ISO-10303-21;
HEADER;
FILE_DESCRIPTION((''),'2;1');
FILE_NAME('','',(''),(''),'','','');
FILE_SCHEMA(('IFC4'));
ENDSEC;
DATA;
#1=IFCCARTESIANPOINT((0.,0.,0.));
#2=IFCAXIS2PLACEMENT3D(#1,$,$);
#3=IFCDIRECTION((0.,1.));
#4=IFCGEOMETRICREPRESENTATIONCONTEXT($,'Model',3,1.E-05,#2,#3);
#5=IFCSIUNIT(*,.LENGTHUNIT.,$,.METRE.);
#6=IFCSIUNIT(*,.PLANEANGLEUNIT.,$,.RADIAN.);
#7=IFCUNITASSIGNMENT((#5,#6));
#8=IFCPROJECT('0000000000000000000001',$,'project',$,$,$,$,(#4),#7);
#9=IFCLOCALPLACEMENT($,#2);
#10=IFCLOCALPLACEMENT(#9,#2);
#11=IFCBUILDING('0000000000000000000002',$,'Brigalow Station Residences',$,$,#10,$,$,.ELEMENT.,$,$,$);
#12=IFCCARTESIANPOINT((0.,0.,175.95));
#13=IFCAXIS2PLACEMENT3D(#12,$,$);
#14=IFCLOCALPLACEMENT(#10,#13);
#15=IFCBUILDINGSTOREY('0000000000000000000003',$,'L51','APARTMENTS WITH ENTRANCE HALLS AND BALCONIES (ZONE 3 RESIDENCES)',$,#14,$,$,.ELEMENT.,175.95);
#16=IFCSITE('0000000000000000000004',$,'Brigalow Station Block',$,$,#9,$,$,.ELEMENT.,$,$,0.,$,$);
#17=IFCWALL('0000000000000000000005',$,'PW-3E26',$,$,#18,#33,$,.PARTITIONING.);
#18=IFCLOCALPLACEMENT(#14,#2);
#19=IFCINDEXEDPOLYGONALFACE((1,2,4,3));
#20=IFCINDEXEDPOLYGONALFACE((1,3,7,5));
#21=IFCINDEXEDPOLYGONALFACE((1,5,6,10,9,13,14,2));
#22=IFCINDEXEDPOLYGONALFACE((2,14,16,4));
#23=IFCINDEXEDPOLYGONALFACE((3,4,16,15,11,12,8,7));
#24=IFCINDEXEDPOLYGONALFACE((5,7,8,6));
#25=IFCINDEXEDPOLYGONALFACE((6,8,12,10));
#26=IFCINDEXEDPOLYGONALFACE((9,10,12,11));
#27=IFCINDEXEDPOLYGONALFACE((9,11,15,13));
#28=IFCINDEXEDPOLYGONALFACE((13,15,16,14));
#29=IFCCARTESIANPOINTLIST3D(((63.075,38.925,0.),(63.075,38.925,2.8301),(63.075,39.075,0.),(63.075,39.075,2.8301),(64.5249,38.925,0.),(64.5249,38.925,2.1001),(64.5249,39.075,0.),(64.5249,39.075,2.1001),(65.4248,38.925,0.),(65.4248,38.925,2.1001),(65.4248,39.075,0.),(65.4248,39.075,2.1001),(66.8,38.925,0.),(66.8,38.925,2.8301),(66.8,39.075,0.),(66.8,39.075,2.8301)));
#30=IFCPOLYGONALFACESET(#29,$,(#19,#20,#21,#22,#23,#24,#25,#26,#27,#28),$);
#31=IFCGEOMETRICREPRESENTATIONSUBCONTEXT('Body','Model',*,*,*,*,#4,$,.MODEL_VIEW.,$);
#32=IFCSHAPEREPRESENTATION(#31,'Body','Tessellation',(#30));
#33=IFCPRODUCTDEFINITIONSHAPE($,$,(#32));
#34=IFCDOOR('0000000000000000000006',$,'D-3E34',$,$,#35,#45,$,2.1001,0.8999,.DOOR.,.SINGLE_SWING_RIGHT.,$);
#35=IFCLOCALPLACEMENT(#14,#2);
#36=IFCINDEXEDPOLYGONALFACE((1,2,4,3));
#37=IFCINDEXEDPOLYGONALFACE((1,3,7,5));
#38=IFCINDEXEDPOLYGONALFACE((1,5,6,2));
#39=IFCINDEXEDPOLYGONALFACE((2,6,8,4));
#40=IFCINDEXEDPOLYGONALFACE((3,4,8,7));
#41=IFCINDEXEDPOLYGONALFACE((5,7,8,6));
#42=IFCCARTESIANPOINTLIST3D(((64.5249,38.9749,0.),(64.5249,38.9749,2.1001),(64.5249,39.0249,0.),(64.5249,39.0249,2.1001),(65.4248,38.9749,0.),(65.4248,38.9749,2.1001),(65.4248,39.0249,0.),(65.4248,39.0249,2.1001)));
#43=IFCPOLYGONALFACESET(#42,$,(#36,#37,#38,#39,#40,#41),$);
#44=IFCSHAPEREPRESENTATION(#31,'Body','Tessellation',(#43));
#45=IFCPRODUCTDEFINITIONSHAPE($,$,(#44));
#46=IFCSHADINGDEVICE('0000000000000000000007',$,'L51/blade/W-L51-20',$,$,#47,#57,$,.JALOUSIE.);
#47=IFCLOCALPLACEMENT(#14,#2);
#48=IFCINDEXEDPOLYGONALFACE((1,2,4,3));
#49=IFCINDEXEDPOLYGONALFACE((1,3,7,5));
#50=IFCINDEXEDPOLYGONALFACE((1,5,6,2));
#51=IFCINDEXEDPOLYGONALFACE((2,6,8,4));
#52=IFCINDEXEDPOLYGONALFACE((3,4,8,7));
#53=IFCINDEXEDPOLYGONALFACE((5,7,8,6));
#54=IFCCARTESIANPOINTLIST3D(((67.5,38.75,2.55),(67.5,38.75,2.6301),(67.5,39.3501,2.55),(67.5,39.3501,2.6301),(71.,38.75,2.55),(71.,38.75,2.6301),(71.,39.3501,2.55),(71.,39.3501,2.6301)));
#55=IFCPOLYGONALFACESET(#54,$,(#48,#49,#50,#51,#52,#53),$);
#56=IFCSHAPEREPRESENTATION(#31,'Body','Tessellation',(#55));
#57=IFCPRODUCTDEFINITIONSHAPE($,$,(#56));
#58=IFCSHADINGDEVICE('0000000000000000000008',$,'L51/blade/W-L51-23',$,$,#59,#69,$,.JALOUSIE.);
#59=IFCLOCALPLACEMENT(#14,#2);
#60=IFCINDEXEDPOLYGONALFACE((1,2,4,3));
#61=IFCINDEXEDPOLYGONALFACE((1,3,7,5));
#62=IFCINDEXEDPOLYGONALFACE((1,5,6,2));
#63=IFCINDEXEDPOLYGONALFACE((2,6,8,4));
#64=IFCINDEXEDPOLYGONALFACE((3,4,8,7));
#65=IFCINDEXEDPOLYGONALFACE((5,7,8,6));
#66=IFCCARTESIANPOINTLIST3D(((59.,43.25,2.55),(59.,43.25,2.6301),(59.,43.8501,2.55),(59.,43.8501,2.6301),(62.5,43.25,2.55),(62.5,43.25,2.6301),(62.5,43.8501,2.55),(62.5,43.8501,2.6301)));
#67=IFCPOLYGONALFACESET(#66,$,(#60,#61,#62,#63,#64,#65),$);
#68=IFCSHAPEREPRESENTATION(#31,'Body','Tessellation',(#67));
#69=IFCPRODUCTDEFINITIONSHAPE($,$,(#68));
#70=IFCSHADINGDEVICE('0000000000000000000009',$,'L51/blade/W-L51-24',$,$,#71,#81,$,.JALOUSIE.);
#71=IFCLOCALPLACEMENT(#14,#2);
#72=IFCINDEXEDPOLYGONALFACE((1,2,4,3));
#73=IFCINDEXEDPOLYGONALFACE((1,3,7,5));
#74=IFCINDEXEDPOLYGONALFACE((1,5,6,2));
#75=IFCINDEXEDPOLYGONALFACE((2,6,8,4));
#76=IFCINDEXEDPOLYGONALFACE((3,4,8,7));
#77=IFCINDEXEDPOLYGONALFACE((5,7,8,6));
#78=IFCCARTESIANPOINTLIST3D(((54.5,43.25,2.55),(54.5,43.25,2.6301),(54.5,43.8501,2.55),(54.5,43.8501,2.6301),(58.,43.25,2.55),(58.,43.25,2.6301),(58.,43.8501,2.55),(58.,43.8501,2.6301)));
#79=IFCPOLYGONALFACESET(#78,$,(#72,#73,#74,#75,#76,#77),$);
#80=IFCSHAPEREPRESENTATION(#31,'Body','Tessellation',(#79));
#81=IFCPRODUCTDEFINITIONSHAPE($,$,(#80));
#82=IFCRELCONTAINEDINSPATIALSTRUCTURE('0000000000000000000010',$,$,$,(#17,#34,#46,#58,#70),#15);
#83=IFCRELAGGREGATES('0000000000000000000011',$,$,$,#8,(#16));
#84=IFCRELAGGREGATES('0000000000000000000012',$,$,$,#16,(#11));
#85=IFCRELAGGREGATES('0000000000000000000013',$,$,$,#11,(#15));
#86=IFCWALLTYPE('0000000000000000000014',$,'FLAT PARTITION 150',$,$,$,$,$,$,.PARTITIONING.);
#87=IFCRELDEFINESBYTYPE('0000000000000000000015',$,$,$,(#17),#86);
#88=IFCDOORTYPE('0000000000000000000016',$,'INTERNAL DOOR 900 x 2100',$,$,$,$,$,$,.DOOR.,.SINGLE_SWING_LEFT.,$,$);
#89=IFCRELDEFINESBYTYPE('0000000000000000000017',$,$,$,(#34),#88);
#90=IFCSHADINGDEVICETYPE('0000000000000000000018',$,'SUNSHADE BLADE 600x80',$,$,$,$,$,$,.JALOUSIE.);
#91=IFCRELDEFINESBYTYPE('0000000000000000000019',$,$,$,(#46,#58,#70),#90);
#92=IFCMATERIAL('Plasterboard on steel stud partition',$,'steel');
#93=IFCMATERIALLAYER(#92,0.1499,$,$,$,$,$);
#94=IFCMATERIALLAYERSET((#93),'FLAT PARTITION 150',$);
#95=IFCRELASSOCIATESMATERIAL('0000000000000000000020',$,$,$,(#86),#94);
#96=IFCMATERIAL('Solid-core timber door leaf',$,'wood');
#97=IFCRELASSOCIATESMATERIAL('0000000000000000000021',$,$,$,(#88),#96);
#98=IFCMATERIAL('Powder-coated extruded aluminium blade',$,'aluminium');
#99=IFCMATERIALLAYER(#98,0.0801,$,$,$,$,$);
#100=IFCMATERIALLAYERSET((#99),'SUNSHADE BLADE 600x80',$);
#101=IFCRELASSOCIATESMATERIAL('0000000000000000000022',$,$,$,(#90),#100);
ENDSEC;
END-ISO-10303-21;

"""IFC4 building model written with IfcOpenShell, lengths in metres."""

from ifc_helpers import new_model, si_unit, direction, frame, frame_2d, origin, origin_2d, place, context, subcontext, project, spatial, rectangle, extrude, material, layer, layer_set, type_object, element, fill, save


model = new_model("IFC4")

# Units and contexts
model_context = context("Model", 3, precision=1e-05, world=origin(), true_north=direction((0.0, 1.0)))
body_context = subcontext(model_context, "Body", "Model", "MODEL_VIEW")
ifc_project = project(units=[si_unit("LENGTHUNIT", "METRE"), si_unit("PLANEANGLEUNIT", "RADIAN")], contexts=[model_context])

# Site, building, storey
site_placement = place(None, origin())
site = spatial("IfcSite", under=ifc_project, at=site_placement, Name="Brigalow Station Block", CompositionType="ELEMENT", RefElevation=0.0)
building_placement = place(site_placement, origin())
building = spatial("IfcBuilding", under=site, at=building_placement, Name="Brigalow Station Residences", CompositionType="ELEMENT")
storey_placement = place(building_placement, frame((0.0, 0.0, 175.95)))
storey = spatial("IfcBuildingStorey", under=building, at=storey_placement, Name="L51", Description="APARTMENTS WITH ENTRANCE HALLS AND BALCONIES (ZONE 3 RESIDENCES)", CompositionType="ELEMENT", Elevation=175.95)

# Shared definitions
ifc_material_1 = material(Name="Plasterboard on steel stud partition", Category="steel")
ifc_layer_1 = layer(ifc_material_1, 0.1499)
ifc_layer_set_1 = layer_set([ifc_layer_1], Name="FLAT PARTITION 150")
wall_type_1 = type_object("IfcWallType", Name="FLAT PARTITION 150", PredefinedType="PARTITIONING", material=ifc_layer_set_1)

# Wall, opening, door
wall_1_placement = place(storey_placement, frame((63.075, 39.0, 0.0), z_axis=(0.0, 0.0, 1.0), x_axis=(1.0, 0.0, 0.0)))
wall_1 = element("IfcWall", 1, at=wall_1_placement, inside=storey, type_object=wall_type_1, Name="PW-3E26", PredefinedType="PARTITIONING", context=body_context, shape_type="SweptSolid", body=[
    extrude(rectangle(XDim=3.7251, YDim=0.1499, at=frame_2d((1.8625, 0.0))), origin(), (0.0, 0.0, 1.0), 2.8301),
])
opening_1_placement = place(wall_1_placement, frame((1.45, 0.0, 0.0)))
opening_1 = element("IfcOpeningElement", 2, at=opening_1_placement, cuts=wall_1, PredefinedType="OPENING", context=body_context, shape_type="SweptSolid", body=[
    extrude(rectangle(XDim=0.8999, YDim=2.1001, at=frame_2d((0.45, 1.05))), frame((0.0, 0.085, 0.0), z_axis=(0.0, -1.0, 0.0), x_axis=(1.0, 0.0, 0.0)), (0.0, 0.0, 1.0), 0.1699),
])
ifc_material_2 = material(Name="Solid-core timber door leaf", Category="wood")
door_type_1 = type_object("IfcDoorType", Name="INTERNAL DOOR 900 x 2100", OperationType="SINGLE_SWING_LEFT", PredefinedType="DOOR", material=ifc_material_2)
door_1_placement = place(opening_1_placement, origin())
door_1 = element("IfcDoor", 3, at=door_1_placement, inside=storey, type_object=door_type_1, Name="D-3E34", OperationType="SINGLE_SWING_RIGHT", OverallHeight=2.1001, OverallWidth=0.8999, PredefinedType="DOOR", context=body_context, shape_type="SweptSolid", body=[
    extrude(rectangle(XDim=0.8999, YDim=2.1001, at=frame_2d((0.45, 1.05))), frame((0.0, 0.0249, 0.0), z_axis=(0.0, -1.0, 0.0), x_axis=(1.0, 0.0, 0.0)), (0.0, 0.0, 1.0), 0.05),
])
fill(opening_1, door_1)

# Shading devices
ifc_material_3 = material(Name="Powder-coated extruded aluminium blade", Category="aluminium")
ifc_layer_2 = layer(ifc_material_3, 0.0801)
ifc_layer_set_2 = layer_set([ifc_layer_2], Name="SUNSHADE BLADE 600x80")
shading_device_type = type_object("IfcShadingDeviceType", Name="SUNSHADE BLADE 600x80", PredefinedType="JALOUSIE", material=ifc_layer_set_2)
for number, where, z_axis, x_axis, name in (
    (4, (69.25, 39.05, 2.55), (0.0, 0.0, 1.0), (-1.0, 0.0, 0.0), "L51/blade/W-L51-20"),
    (5, (60.75, 43.55, 2.55), (0.0, 0.0, 1.0), (-1.0, 0.0, 0.0), "L51/blade/W-L51-23"),
    (6, (56.25, 43.55, 2.55), (0.0, 0.0, 1.0), (-1.0, 0.0, 0.0), "L51/blade/W-L51-24"),
):
    element("IfcShadingDevice", number, at=place(storey_placement, frame(where, z_axis=z_axis, x_axis=x_axis)), inside=storey, type_object=shading_device_type, Name=name, PredefinedType="JALOUSIE", context=body_context, shape_type="SweptSolid", body=[
        extrude(rectangle(XDim=3.5, YDim=0.6001, at=origin_2d()), origin(), (0.0, 0.0, 1.0), 0.0801),
    ])

save(model, "model.ifc")
